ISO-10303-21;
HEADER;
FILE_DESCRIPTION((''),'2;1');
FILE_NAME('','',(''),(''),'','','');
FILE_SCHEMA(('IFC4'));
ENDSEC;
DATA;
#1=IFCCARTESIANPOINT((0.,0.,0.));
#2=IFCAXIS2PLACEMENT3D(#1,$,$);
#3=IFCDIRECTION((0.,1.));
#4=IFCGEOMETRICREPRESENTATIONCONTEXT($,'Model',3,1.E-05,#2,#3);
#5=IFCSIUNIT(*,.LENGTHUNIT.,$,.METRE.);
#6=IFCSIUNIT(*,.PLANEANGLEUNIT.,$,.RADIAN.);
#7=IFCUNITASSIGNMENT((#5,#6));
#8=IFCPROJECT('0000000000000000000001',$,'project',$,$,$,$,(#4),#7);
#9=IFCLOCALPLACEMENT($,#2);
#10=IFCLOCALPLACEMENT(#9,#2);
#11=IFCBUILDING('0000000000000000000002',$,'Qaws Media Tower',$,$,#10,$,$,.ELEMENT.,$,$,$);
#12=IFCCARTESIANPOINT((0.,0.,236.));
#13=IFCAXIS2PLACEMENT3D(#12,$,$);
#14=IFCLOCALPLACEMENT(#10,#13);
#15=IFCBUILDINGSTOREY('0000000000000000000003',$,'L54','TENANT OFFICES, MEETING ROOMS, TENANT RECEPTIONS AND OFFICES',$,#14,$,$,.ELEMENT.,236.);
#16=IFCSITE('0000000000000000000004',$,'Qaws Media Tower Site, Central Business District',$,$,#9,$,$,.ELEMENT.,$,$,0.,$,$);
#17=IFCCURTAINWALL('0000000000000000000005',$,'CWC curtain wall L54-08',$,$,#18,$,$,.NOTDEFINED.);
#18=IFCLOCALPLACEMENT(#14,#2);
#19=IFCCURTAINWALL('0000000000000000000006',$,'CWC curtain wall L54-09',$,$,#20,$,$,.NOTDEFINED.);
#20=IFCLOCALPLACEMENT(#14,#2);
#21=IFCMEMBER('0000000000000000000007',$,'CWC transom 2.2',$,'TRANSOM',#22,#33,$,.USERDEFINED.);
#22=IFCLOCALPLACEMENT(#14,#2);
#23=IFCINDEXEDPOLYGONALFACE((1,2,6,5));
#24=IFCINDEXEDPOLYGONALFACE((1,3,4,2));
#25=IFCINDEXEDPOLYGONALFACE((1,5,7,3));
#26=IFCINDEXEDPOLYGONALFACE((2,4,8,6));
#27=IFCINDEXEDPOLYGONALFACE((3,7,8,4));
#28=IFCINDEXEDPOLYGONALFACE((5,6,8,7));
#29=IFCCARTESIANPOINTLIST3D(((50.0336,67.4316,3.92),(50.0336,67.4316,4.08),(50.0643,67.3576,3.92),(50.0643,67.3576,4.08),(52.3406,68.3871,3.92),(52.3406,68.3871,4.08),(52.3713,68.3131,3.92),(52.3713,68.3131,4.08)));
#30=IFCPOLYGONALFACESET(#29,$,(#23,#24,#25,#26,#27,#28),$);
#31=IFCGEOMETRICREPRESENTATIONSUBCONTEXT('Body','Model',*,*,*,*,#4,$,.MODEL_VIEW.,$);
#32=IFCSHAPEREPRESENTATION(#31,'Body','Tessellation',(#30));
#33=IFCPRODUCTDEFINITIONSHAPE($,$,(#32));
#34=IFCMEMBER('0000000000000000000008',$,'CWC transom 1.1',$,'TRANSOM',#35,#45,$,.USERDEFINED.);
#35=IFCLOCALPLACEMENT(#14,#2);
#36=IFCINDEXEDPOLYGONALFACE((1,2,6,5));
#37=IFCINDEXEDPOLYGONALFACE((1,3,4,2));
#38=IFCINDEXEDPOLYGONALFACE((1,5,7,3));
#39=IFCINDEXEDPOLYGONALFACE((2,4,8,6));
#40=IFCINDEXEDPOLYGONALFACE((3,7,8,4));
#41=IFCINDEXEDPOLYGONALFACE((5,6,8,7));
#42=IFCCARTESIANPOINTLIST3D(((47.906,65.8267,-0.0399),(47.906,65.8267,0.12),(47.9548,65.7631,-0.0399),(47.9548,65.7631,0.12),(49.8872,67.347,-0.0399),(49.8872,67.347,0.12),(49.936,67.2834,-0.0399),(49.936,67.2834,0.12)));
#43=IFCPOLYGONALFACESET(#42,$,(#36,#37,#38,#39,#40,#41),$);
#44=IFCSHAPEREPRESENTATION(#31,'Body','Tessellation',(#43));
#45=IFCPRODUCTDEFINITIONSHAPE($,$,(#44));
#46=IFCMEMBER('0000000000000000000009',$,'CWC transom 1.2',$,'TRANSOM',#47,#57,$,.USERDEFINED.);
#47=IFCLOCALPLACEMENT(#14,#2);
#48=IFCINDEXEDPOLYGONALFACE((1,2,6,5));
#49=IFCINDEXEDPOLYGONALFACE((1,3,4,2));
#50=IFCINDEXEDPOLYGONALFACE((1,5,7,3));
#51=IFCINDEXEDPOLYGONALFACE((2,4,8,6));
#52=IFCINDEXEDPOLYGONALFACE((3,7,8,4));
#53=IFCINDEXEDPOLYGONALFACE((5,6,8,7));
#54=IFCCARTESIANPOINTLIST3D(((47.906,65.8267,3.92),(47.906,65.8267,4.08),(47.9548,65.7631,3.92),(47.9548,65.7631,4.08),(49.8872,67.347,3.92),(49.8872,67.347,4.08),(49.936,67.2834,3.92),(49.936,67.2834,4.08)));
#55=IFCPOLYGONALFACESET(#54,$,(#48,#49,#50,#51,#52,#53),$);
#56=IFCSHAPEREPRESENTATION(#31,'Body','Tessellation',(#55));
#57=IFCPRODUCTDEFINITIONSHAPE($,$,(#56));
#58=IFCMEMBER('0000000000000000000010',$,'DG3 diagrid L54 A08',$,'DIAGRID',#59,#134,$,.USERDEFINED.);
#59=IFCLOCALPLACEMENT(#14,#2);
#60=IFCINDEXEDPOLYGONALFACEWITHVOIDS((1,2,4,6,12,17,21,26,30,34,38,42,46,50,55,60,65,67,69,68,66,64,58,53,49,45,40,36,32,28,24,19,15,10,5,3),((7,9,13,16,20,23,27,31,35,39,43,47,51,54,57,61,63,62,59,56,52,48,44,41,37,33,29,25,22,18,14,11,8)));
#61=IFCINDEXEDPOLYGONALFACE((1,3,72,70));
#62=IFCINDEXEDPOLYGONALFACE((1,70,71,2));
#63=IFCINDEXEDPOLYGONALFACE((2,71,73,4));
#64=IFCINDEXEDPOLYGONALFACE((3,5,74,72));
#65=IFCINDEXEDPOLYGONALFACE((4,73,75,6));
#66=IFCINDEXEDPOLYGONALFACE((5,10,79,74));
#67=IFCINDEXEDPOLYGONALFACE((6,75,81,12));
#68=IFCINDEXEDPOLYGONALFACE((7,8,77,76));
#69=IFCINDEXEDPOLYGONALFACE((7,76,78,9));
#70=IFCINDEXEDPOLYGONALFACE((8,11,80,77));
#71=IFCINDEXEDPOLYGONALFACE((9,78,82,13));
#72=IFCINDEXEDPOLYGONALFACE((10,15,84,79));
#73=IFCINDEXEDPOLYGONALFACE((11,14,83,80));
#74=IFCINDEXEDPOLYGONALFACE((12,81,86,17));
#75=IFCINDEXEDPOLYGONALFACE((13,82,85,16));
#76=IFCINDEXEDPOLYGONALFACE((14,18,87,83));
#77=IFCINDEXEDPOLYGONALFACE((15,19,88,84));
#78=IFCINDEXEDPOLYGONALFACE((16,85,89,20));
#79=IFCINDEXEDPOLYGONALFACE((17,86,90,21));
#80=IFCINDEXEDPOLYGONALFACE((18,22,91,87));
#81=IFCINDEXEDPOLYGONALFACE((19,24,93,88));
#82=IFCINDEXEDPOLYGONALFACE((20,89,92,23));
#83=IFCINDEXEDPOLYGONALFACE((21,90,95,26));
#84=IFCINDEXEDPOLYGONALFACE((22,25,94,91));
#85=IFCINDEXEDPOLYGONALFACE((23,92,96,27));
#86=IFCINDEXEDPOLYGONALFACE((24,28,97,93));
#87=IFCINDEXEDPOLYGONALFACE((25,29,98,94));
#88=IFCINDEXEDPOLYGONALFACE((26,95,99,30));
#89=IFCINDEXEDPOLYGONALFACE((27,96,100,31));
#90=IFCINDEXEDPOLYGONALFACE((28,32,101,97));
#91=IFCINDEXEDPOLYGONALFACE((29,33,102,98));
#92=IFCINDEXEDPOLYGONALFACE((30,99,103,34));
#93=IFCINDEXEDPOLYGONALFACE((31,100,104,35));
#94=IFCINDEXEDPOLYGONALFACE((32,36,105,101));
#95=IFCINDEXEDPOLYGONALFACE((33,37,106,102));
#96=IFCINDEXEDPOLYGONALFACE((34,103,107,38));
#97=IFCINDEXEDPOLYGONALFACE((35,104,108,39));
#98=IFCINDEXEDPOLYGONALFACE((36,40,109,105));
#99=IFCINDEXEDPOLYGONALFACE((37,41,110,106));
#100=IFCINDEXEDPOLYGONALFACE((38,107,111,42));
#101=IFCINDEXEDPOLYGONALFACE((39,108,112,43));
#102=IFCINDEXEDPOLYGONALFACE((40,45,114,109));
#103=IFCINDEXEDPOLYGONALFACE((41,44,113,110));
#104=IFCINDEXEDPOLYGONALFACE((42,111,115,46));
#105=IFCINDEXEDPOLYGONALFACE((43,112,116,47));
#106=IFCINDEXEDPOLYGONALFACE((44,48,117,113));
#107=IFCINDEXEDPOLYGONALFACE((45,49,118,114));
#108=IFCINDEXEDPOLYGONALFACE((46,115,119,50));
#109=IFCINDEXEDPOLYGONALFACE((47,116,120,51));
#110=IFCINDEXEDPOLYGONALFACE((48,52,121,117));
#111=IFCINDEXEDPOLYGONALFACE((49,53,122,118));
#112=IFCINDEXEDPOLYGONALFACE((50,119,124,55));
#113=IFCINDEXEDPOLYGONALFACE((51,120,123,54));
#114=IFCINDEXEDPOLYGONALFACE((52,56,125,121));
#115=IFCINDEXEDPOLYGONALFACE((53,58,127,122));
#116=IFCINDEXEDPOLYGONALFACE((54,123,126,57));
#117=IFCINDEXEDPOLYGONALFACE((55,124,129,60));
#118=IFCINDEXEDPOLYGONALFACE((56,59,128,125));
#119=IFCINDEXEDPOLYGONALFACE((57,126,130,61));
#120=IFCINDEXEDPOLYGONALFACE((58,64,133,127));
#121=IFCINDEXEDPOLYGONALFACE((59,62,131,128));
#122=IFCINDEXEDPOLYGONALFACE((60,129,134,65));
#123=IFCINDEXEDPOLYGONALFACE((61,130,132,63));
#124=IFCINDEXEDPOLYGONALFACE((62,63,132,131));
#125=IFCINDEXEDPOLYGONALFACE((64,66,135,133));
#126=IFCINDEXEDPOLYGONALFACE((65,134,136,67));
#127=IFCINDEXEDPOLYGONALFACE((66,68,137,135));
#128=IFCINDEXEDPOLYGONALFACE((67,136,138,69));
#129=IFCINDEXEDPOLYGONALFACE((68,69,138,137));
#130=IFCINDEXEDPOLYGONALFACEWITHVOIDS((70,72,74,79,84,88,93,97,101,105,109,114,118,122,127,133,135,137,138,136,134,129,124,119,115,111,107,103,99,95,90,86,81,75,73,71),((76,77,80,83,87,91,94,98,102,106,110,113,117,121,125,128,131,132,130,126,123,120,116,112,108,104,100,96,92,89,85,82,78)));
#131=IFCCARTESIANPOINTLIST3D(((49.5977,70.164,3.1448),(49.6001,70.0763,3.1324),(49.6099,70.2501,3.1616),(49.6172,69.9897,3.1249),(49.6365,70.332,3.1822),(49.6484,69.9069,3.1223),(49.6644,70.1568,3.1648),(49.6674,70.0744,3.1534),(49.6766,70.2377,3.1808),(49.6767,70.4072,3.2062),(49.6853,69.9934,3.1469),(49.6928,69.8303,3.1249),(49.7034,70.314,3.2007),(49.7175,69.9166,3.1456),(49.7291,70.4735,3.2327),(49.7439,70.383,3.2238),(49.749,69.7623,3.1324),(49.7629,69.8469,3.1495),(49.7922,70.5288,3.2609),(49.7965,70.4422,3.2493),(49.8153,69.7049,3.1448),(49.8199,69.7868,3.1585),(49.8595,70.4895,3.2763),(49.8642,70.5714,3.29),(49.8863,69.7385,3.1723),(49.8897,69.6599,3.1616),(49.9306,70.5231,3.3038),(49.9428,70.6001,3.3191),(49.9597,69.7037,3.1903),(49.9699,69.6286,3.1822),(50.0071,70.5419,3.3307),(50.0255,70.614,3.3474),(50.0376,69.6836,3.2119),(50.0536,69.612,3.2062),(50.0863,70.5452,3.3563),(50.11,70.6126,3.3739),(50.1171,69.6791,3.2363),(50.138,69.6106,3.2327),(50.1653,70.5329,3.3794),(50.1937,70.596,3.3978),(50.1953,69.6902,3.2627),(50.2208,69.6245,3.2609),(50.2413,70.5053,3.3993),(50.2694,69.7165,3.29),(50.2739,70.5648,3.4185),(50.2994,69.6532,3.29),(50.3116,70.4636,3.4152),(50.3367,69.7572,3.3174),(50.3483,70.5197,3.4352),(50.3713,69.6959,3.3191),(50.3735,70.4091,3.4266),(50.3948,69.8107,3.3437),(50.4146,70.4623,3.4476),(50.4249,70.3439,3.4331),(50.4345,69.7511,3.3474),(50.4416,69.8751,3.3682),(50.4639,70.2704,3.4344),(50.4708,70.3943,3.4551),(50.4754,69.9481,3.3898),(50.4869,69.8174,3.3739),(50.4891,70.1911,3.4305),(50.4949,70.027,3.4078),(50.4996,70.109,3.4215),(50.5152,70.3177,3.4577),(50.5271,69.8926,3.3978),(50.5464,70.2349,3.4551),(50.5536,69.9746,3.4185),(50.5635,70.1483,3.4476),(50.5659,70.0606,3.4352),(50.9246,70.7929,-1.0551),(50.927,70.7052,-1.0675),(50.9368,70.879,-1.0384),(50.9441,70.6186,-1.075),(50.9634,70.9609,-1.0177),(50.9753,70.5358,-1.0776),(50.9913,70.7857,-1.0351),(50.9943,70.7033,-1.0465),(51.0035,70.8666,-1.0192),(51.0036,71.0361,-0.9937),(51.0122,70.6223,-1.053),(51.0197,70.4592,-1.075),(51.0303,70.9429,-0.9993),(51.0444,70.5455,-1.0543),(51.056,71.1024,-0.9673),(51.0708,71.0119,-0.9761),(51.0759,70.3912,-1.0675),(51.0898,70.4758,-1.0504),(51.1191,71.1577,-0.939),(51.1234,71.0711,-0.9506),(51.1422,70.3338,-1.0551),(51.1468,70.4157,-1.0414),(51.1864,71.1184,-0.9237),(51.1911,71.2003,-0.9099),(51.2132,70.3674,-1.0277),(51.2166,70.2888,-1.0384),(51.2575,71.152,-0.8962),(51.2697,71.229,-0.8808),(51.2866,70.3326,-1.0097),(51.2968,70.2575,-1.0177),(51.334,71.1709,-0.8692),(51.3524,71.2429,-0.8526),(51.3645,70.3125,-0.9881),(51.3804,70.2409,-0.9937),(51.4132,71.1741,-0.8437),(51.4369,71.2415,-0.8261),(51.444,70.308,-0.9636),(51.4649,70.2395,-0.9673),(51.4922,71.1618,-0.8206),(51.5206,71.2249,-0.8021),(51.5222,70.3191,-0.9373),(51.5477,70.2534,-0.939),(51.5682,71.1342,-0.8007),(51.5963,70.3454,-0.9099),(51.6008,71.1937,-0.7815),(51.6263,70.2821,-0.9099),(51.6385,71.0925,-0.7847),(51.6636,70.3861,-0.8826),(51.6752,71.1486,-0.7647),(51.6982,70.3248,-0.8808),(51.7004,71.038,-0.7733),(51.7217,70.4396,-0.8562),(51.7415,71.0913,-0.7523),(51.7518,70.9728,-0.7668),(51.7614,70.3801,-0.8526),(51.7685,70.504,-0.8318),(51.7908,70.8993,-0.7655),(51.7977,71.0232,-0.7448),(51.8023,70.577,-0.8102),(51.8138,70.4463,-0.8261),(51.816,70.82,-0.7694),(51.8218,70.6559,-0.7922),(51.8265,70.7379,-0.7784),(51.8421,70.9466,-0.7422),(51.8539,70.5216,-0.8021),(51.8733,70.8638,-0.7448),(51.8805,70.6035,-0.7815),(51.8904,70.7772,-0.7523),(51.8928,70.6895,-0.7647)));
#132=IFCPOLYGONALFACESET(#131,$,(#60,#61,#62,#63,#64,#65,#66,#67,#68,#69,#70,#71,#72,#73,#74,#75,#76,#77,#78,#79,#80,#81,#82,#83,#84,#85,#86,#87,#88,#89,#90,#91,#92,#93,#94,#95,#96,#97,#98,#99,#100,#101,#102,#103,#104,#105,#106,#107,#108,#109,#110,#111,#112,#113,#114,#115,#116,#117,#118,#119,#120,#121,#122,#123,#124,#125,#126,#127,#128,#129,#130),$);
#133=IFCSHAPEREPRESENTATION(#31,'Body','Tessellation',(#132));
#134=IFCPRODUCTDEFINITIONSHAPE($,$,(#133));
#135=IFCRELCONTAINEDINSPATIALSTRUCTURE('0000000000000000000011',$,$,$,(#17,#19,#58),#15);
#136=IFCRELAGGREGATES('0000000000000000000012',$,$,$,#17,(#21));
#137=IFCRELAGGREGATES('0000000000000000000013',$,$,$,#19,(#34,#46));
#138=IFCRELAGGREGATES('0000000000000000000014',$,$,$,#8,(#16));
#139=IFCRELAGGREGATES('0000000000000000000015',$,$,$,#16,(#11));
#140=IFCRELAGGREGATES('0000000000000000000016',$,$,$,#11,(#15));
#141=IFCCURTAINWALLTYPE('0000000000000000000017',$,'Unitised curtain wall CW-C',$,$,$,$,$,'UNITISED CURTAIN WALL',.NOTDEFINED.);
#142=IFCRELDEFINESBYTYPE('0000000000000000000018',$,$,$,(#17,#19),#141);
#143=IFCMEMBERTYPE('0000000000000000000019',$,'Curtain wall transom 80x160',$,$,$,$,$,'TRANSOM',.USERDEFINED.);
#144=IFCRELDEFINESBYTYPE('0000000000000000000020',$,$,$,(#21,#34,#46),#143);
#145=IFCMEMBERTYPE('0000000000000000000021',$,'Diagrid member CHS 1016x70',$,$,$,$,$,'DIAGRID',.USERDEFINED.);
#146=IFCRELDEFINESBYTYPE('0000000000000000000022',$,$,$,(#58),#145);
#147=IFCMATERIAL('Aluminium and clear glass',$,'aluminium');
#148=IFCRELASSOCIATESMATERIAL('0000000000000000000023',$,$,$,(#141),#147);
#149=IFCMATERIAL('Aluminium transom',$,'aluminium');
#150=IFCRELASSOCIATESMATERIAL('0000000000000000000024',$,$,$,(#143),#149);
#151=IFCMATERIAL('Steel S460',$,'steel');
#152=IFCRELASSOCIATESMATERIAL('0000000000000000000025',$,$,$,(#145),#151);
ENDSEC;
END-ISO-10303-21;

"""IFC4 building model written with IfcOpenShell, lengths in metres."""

from ifc_helpers import new_model, si_unit, direction, frame, origin, origin_2d, place, context, subcontext, project, spatial, rectangle, hollow_circle, extrude, material, material_profile, profile_set, type_object, element, aggregate, save


model = new_model("IFC4")

# Units and contexts
model_context = context("Model", 3, precision=1e-05, world=origin(), true_north=direction((0.0, 1.0)))
body_context = subcontext(model_context, "Body", "Model", "MODEL_VIEW")
ifc_project = project(units=[si_unit("LENGTHUNIT", "METRE"), si_unit("PLANEANGLEUNIT", "RADIAN")], contexts=[model_context])

# Site, building, storey
site_placement = place(None, origin())
site = spatial("IfcSite", under=ifc_project, at=site_placement, Name="Qaws Media Tower Site, Central Business District", CompositionType="ELEMENT", RefElevation=0.0)
building_placement = place(site_placement, origin())
building = spatial("IfcBuilding", under=site, at=building_placement, Name="Qaws Media Tower", CompositionType="ELEMENT")
storey_placement = place(building_placement, frame((0.0, 0.0, 236.0)))
storey = spatial("IfcBuildingStorey", under=building, at=storey_placement, Name="L54", Description="TENANT OFFICES, MEETING ROOMS, TENANT RECEPTIONS AND OFFICES", CompositionType="ELEMENT", Elevation=236.0)

# Curtain walls
ifc_material_1 = material(Name="Aluminium and clear glass", Category="aluminium")
curtain_wall_type = type_object("IfcCurtainWallType", Name="Unitised curtain wall CW-C", ElementType="UNITISED CURTAIN WALL", PredefinedType="NOTDEFINED", material=ifc_material_1)
curtain_wall_1_placement = place(storey_placement, origin())
curtain_wall_1 = element("IfcCurtainWall", 1, at=curtain_wall_1_placement, inside=storey, type_object=curtain_wall_type, Name="CWC curtain wall L54-08", PredefinedType="NOTDEFINED")
curtain_wall_2_placement = place(storey_placement, origin())
curtain_wall_2 = element("IfcCurtainWall", 2, at=curtain_wall_2_placement, inside=storey, type_object=curtain_wall_type, Name="CWC curtain wall L54-09", PredefinedType="NOTDEFINED")

# Members
ifc_material_2 = material(Name="Aluminium transom", Category="aluminium")
ifc_material_profile_1 = material_profile(ifc_material_2, rectangle(XDim=0.0801, YDim=0.1599, at=origin_2d()), Name="80x160")
ifc_profile_set_1 = profile_set([ifc_material_profile_1], Name="Aluminium transom")
member_type_1 = type_object("IfcMemberType", Name="Curtain wall transom 80x160", ElementType="TRANSOM", PredefinedType="USERDEFINED", material=ifc_profile_set_1)
member_1_placement = place(storey_placement, frame((52.356, 68.3501, 4.0), z_axis=(-0.923891, -0.382657, 0.0), x_axis=(0.382657, -0.923891, 0.0)))
member_1 = element("IfcMember", 3, at=member_1_placement, type_object=member_type_1, Name="CWC transom 2.2", ObjectType="TRANSOM", PredefinedType="USERDEFINED", context=body_context, shape_type="SweptSolid", body=[
    extrude(rectangle(XDim=0.0801, YDim=0.1599, at=origin_2d()), origin(), (0.0, 0.0, 1.0), 2.4971),
])
member_2_placement = place(storey_placement, frame((49.9116, 67.3152, 0.04), z_axis=(-0.793347, -0.60877, 0.0), x_axis=(0.60877, -0.793347, 0.0)))
member_2 = element("IfcMember", 4, at=member_2_placement, type_object=member_type_1, Name="CWC transom 1.1", ObjectType="TRANSOM", PredefinedType="USERDEFINED", context=body_context, shape_type="SweptSolid", body=[
    extrude(rectangle(XDim=0.0801, YDim=0.1599, at=origin_2d()), origin(), (0.0, 0.0, 1.0), 2.4973),
])
member_3_placement = place(storey_placement, frame((49.9116, 67.3152, 4.0), z_axis=(-0.793347, -0.60877, 0.0), x_axis=(0.60877, -0.793347, 0.0)))
member_3 = element("IfcMember", 5, at=member_3_placement, type_object=member_type_1, Name="CWC transom 1.2", ObjectType="TRANSOM", PredefinedType="USERDEFINED", context=body_context, shape_type="SweptSolid", body=[
    extrude(rectangle(XDim=0.0801, YDim=0.1599, at=origin_2d()), origin(), (0.0, 0.0, 1.0), 2.4973),
])

# Member
ifc_material_3 = material(Name="Steel S460", Category="steel")
ifc_material_profile_2 = material_profile(ifc_material_3, hollow_circle(Radius=0.5081, WallThickness=0.0701, at=origin_2d()), Name="CHS 1016x70")
ifc_profile_set_2 = profile_set([ifc_material_profile_2], Name="Steel S460")
member_type_2 = type_object("IfcMemberType", Name="Diagrid member CHS 1016x70", ElementType="DIAGRID", PredefinedType="USERDEFINED", material=ifc_profile_set_2)
for number, where, z_axis, x_axis, name in (
    (6, (51.4087, 70.7412, -0.9099), (-0.298231, -0.141351, 0.943969), (0.428294, -0.90364, 0.0), "DG3 diagrid L54 A08"),
):
    element("IfcMember", number, at=place(storey_placement, frame(where, z_axis=z_axis, x_axis=x_axis)), inside=storey, type_object=member_type_2, Name=name, ObjectType="DIAGRID", PredefinedType="USERDEFINED", context=body_context, shape_type="SweptSolid", body=[
        extrude(hollow_circle(Radius=0.5081, WallThickness=0.0701, at=origin_2d()), origin(), (0.0, 0.0, 1.0), 4.4492),
    ])

aggregate(curtain_wall_1, [member_1])
aggregate(curtain_wall_2, [member_2, member_3])

save(model, "model.ifc")
